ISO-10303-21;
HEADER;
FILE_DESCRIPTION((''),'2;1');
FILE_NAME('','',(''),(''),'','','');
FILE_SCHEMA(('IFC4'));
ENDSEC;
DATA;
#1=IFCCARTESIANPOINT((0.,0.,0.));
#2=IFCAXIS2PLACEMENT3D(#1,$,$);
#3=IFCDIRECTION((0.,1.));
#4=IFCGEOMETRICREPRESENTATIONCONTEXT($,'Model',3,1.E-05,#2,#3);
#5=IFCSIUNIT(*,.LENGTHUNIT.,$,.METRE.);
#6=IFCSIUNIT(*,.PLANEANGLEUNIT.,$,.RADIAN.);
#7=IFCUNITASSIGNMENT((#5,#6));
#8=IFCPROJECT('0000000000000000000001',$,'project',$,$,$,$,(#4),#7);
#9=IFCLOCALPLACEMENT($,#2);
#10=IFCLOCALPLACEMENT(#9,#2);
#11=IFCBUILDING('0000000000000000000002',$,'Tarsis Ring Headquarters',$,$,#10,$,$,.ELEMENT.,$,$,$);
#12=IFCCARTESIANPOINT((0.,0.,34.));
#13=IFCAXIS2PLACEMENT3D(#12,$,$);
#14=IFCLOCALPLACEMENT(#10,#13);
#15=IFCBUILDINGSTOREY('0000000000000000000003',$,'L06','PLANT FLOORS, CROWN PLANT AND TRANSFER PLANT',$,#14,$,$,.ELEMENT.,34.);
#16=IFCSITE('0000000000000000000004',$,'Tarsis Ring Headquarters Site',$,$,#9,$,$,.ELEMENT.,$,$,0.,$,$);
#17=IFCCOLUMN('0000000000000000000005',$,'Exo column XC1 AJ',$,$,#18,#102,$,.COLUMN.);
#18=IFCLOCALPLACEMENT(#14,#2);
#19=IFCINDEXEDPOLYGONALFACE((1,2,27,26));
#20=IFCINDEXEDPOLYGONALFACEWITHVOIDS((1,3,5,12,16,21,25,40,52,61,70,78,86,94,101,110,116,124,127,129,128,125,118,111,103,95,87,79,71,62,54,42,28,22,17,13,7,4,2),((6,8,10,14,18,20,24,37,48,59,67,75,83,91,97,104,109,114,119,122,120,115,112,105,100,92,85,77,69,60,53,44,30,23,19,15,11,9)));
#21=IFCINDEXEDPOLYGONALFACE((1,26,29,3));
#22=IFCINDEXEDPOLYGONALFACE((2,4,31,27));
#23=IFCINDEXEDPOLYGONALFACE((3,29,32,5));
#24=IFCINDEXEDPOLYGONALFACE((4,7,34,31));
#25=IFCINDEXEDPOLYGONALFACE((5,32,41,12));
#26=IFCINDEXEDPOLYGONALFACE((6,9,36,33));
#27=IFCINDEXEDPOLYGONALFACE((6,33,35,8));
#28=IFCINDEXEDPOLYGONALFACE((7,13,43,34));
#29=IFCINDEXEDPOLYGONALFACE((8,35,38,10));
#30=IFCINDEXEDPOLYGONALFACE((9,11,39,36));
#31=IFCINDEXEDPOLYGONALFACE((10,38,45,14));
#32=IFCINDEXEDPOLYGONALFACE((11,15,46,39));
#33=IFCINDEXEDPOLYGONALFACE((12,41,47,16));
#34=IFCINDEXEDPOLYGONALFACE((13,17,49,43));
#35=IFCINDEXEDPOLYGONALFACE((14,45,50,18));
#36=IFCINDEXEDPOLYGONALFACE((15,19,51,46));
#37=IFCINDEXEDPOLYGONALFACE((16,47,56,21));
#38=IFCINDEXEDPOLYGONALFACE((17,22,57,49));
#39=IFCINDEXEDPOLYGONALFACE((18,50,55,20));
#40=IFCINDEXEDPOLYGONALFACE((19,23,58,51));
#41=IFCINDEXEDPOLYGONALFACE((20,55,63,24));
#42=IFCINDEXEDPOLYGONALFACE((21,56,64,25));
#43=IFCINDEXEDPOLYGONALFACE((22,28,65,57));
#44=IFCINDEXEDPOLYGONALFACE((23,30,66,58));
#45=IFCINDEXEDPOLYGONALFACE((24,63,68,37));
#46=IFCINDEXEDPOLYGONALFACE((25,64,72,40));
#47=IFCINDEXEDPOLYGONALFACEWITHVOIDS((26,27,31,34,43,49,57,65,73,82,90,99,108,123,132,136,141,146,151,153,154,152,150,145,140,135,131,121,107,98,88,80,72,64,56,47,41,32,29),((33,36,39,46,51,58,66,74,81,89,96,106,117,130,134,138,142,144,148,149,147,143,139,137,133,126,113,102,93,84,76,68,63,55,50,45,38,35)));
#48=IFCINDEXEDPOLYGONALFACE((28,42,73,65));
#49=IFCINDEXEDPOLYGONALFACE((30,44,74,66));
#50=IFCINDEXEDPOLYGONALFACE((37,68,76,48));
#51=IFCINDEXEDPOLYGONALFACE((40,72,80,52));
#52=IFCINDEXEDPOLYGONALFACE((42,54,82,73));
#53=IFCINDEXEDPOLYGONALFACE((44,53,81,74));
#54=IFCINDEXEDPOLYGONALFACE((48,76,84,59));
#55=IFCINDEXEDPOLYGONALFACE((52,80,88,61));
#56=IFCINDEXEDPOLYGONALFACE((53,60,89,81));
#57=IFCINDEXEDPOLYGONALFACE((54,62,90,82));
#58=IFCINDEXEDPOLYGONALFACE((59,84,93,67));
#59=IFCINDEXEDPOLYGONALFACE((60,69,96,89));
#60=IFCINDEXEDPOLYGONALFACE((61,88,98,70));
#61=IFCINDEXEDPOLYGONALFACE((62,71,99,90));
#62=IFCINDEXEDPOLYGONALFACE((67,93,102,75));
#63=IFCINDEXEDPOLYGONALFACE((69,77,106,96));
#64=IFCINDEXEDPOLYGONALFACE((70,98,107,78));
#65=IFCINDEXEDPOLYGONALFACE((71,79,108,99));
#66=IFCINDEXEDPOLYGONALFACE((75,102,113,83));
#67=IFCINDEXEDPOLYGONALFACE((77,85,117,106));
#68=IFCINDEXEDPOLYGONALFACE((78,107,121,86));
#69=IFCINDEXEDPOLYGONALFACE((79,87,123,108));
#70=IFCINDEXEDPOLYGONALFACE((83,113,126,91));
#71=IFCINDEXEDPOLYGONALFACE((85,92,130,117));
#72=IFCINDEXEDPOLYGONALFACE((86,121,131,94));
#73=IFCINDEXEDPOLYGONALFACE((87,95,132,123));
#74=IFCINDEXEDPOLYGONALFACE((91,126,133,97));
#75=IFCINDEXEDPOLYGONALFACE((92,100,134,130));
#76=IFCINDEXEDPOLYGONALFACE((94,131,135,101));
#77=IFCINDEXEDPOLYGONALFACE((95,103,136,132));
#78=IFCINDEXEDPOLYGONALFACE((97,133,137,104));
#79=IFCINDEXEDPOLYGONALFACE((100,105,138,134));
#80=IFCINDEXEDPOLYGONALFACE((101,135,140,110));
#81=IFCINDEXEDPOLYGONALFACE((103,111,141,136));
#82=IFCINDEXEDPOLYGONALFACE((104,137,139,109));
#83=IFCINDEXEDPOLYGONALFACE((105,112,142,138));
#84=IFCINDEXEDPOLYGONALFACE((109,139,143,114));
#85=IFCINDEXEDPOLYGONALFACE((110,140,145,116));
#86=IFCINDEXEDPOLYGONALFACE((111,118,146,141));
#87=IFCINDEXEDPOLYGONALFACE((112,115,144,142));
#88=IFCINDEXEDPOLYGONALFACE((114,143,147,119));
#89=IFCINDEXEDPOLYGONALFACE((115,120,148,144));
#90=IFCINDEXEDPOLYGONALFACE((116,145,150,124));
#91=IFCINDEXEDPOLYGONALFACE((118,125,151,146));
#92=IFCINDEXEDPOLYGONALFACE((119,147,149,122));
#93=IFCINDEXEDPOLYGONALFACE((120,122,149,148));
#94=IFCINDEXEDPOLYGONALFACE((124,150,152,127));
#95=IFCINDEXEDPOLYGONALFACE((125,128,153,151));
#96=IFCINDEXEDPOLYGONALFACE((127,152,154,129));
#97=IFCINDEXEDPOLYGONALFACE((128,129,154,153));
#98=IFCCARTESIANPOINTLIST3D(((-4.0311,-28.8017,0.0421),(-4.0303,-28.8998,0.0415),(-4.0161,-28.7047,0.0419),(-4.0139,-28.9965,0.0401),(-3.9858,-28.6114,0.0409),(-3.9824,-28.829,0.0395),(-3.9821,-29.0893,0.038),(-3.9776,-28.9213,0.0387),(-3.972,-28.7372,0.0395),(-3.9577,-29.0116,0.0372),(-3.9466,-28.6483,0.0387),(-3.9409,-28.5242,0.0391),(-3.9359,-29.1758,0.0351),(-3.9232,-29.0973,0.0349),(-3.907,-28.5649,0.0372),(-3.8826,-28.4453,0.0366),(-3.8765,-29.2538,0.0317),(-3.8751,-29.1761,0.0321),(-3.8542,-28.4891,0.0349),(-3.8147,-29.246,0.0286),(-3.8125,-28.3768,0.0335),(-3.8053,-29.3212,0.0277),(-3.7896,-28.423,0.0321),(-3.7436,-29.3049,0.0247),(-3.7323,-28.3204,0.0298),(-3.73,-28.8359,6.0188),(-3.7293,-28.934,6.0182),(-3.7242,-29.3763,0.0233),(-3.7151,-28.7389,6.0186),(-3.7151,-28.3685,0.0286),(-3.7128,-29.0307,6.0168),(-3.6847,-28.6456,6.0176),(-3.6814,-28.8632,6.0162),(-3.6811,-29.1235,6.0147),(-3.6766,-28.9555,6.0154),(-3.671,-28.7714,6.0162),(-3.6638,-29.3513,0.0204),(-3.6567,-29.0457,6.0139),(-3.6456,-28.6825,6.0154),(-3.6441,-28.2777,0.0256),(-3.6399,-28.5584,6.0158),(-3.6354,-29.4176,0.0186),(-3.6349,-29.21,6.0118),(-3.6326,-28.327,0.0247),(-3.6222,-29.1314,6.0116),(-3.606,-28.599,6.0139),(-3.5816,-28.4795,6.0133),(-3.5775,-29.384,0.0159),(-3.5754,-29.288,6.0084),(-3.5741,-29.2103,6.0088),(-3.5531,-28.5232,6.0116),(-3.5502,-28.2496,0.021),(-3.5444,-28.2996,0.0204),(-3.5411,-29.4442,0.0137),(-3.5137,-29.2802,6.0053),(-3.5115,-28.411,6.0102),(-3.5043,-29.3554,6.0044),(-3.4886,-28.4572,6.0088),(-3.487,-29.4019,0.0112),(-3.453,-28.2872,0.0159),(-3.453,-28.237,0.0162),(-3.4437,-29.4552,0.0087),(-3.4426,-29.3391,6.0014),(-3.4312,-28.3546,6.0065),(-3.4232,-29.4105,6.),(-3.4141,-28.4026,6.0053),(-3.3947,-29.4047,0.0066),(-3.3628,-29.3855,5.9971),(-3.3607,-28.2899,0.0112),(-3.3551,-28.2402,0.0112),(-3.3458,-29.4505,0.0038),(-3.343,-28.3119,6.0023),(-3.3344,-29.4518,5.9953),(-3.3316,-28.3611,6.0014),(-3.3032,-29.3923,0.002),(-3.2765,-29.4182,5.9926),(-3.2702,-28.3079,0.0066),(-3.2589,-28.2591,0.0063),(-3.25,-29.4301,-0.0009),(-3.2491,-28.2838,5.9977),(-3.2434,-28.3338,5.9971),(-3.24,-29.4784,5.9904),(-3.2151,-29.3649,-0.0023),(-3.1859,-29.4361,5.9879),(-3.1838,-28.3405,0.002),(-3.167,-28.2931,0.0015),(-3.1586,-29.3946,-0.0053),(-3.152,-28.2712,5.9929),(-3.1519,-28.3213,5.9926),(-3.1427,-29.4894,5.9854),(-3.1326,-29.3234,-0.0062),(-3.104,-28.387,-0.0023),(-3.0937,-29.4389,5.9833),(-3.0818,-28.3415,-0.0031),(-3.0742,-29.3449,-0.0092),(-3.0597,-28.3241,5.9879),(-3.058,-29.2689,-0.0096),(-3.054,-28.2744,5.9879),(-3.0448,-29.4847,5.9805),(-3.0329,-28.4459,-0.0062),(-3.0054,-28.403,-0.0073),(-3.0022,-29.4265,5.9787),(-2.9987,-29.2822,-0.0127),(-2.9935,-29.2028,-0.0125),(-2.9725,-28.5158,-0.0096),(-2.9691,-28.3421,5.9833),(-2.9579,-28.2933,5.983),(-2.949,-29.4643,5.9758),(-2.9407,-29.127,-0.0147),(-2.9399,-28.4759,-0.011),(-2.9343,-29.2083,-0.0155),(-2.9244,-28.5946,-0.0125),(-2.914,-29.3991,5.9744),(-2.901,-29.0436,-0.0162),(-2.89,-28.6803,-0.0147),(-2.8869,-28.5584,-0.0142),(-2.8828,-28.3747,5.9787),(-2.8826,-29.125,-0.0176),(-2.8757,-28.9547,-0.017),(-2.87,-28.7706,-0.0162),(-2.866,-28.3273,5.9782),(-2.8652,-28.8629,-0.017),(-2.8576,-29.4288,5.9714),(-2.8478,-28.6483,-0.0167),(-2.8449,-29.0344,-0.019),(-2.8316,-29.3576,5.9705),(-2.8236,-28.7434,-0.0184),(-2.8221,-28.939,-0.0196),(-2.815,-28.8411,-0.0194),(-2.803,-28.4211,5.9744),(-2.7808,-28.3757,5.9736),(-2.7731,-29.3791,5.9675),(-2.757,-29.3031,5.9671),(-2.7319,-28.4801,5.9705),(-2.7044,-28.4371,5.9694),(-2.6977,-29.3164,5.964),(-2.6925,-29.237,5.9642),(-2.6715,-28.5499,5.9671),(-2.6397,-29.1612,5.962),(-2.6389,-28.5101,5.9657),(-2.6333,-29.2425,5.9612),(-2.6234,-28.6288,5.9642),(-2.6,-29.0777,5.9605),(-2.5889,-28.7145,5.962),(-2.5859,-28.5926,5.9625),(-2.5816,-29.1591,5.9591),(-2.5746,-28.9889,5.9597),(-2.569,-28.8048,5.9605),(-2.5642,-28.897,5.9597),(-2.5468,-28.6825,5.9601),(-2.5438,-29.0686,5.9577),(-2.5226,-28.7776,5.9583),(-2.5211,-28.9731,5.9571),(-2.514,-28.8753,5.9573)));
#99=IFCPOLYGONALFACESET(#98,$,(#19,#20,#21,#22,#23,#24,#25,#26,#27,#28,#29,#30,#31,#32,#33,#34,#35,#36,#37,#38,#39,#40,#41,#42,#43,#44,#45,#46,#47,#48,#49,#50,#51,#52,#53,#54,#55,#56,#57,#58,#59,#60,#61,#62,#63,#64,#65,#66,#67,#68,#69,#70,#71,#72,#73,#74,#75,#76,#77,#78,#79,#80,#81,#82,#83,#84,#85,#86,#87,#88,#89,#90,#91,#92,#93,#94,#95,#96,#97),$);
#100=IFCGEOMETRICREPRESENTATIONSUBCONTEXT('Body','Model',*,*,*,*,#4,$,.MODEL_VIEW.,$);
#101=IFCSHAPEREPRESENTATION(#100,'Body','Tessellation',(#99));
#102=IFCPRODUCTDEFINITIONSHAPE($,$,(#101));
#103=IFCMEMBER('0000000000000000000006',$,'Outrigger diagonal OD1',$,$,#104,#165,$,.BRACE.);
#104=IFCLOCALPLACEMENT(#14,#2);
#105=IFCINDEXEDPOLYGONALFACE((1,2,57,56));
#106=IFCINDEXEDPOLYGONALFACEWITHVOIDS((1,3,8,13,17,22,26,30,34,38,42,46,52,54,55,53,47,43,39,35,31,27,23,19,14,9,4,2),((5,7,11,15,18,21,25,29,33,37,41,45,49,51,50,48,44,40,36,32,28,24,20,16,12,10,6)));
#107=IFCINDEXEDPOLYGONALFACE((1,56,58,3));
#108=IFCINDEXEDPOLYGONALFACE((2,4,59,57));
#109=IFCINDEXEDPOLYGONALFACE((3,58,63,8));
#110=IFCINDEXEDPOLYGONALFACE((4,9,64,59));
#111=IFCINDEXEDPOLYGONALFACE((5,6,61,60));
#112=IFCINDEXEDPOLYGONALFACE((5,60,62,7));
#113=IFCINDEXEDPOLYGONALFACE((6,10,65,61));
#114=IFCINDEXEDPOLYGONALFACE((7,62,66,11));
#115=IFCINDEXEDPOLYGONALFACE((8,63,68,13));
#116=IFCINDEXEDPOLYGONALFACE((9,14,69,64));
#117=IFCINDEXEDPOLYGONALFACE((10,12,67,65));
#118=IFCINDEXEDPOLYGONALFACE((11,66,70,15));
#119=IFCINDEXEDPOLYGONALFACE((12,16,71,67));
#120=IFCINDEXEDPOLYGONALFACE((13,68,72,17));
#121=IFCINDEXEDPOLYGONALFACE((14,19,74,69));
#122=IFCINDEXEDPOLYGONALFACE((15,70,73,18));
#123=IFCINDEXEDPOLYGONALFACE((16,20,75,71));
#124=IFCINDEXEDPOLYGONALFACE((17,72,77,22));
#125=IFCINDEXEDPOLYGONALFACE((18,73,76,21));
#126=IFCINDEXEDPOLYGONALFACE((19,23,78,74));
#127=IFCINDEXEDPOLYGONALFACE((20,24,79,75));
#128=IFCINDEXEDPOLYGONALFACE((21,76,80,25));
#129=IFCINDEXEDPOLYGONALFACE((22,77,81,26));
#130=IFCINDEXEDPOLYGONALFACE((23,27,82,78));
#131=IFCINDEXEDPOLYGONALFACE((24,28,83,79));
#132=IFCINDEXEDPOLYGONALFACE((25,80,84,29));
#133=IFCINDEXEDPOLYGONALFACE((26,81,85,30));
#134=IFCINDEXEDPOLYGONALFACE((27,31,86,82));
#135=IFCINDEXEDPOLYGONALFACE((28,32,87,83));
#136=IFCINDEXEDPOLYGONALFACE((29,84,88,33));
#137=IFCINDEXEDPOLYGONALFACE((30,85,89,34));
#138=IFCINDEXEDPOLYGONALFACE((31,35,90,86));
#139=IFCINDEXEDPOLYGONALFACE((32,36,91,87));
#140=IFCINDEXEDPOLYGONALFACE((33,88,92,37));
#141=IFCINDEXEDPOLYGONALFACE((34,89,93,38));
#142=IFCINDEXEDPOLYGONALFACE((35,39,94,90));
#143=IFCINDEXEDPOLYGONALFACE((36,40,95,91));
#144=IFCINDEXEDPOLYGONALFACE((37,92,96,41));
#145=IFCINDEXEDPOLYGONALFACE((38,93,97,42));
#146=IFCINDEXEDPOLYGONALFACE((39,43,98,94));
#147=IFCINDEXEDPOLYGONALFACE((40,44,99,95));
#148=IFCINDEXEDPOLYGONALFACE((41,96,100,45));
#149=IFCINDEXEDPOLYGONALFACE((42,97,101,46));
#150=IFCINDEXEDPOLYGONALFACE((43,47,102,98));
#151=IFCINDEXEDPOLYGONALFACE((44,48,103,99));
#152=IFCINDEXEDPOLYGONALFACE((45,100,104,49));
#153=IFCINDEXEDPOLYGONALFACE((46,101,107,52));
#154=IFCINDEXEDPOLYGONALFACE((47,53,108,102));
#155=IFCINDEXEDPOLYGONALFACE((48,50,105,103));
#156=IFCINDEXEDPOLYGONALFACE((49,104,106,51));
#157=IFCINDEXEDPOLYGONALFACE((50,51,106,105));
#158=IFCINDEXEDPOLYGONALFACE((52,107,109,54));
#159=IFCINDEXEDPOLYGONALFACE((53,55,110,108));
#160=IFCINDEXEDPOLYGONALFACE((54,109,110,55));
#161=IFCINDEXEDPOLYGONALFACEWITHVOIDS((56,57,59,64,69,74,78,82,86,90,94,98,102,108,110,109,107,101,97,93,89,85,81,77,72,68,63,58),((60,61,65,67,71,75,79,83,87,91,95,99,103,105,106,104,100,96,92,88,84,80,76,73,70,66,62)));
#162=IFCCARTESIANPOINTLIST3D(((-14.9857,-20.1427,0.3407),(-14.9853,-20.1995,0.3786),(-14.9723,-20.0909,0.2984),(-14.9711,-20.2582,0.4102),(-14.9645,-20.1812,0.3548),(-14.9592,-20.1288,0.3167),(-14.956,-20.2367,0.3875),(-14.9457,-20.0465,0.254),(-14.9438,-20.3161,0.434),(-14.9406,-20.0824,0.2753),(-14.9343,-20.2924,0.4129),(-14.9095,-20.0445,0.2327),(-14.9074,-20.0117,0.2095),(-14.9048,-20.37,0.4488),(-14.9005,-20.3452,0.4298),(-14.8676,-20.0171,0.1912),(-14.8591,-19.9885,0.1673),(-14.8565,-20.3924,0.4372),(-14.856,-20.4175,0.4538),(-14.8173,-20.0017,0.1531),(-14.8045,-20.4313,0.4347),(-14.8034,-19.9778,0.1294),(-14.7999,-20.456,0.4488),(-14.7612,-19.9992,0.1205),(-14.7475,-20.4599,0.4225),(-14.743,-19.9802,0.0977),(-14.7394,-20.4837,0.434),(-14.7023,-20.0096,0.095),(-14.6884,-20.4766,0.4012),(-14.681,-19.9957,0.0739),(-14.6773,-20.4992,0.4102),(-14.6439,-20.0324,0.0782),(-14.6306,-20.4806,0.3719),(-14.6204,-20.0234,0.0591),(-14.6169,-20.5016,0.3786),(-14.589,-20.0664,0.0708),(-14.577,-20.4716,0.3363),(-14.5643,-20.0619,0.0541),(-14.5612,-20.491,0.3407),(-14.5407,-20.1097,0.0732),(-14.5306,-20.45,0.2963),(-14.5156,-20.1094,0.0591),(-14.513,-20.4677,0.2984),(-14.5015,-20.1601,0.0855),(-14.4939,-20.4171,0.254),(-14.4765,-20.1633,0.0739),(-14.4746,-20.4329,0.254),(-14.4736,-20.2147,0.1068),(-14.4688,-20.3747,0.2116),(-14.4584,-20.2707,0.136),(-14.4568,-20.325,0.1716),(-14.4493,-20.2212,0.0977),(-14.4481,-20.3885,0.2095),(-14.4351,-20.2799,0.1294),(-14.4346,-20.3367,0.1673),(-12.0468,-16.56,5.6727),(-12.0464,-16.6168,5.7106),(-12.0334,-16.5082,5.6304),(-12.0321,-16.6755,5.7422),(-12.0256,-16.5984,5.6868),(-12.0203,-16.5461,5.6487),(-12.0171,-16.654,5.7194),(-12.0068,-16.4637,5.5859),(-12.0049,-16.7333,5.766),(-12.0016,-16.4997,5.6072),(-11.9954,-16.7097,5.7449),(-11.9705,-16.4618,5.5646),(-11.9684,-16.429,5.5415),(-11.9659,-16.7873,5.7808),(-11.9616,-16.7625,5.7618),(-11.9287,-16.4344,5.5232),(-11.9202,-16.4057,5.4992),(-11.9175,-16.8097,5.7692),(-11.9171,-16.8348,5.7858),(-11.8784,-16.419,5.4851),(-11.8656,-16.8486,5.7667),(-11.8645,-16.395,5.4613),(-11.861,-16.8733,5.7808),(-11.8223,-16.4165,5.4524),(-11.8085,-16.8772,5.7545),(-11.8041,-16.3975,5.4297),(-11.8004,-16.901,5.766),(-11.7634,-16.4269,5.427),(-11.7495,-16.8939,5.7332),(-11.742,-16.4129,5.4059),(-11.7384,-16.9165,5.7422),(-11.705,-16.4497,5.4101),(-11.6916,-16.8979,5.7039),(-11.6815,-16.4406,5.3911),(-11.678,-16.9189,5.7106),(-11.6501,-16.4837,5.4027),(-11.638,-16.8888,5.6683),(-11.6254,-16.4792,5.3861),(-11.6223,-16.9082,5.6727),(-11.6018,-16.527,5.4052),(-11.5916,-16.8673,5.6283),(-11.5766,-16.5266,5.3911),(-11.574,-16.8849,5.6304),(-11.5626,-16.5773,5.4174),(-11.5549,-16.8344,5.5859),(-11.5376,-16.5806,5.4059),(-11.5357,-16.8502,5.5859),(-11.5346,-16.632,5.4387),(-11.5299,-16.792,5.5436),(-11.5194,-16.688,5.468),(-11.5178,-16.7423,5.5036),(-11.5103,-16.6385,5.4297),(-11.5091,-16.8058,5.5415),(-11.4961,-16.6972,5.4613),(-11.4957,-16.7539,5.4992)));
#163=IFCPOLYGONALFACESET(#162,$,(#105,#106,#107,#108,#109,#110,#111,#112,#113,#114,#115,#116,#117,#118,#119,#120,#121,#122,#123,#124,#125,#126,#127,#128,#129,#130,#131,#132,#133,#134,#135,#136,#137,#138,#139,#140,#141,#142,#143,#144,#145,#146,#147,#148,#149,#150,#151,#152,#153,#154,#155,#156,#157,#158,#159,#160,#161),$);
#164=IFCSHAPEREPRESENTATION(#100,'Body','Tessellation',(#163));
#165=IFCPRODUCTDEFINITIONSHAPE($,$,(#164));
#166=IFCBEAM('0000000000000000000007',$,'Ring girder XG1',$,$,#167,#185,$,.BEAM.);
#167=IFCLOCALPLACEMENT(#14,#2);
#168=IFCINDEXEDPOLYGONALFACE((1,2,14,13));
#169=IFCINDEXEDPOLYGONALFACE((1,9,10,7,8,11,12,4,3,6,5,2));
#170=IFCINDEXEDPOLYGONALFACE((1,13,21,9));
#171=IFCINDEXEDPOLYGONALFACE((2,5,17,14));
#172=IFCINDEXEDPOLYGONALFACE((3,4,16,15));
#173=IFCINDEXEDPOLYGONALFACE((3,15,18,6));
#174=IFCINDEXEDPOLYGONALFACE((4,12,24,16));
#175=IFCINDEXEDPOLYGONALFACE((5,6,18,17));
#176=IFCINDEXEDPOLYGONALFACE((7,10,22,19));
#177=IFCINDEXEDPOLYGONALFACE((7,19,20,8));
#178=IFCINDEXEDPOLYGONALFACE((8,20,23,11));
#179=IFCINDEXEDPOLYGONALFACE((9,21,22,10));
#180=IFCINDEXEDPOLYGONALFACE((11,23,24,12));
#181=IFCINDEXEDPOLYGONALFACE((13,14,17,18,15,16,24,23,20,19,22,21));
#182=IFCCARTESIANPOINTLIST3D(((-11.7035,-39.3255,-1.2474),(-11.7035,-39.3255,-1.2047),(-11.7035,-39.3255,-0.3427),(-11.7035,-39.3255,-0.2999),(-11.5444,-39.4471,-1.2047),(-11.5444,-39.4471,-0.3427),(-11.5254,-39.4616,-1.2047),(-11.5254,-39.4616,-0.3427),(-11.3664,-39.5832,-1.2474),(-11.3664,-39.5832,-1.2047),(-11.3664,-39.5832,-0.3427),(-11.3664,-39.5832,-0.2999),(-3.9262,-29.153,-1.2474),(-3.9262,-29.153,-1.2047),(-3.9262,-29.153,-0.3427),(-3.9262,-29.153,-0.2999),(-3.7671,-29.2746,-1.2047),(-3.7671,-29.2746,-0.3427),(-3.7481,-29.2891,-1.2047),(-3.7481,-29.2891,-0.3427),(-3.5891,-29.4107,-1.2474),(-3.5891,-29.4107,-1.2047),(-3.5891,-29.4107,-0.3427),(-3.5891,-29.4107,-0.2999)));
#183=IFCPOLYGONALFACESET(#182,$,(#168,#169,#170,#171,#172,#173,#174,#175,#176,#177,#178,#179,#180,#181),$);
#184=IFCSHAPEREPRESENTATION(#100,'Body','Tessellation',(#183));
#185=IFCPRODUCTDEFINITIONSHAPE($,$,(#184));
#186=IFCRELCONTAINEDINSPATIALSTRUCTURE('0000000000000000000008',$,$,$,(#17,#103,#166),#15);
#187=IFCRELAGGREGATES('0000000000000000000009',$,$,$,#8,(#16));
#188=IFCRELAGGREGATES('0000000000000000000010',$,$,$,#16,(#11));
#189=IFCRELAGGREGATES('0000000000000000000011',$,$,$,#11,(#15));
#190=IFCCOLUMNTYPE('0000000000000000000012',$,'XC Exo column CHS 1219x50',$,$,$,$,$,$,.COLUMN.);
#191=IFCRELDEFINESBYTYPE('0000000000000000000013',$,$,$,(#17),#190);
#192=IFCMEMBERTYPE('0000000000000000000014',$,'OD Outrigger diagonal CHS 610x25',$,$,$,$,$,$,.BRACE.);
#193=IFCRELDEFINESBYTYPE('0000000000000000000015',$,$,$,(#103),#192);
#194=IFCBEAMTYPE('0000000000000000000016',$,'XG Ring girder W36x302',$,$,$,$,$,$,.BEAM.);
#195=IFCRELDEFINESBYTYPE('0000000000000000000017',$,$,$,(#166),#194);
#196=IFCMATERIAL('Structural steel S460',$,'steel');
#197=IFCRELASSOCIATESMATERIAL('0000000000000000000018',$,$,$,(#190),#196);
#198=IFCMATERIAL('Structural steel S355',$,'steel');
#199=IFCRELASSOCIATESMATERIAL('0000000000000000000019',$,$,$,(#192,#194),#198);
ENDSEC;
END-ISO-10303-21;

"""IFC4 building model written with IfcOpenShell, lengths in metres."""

from ifc_helpers import new_model, si_unit, direction, frame, origin, origin_2d, place, context, subcontext, project, spatial, hollow_circle, i_section, extrude, material, material_profile, profile_set, type_object, element, save


model = new_model("IFC4")

# Units and contexts
model_context = context("Model", 3, precision=1e-05, world=origin(), true_north=direction((0.0, 1.0)))
body_context = subcontext(model_context, "Body", "Model", "MODEL_VIEW")
ifc_project = project(units=[si_unit("LENGTHUNIT", "METRE"), si_unit("PLANEANGLEUNIT", "RADIAN")], contexts=[model_context])

# Site, building, storey
site_placement = place(None, origin())
site = spatial("IfcSite", under=ifc_project, at=site_placement, Name="Tarsis Ring Headquarters Site", CompositionType="ELEMENT", RefElevation=0.0)
building_placement = place(site_placement, origin())
building = spatial("IfcBuilding", under=site, at=building_placement, Name="Tarsis Ring Headquarters", CompositionType="ELEMENT")
storey_placement = place(building_placement, frame((0.0, 0.0, 34.0)))
storey = spatial("IfcBuildingStorey", under=building, at=storey_placement, Name="L06", Description="PLANT FLOORS, CROWN PLANT AND TRANSFER PLANT", CompositionType="ELEMENT", Elevation=34.0)

# Column
ifc_material_1 = material(Name="Structural steel S460", Category="steel")
ifc_material_profile_1 = material_profile(ifc_material_1, hollow_circle(Radius=0.6096, WallThickness=0.05, at=origin_2d()), Name="CHS 1219x50")
ifc_profile_set_1 = profile_set([ifc_material_profile_1], Name="Structural steel S460")
column_type = type_object("IfcColumnType", Name="XC Exo column CHS 1219x50", PredefinedType="COLUMN", material=ifc_profile_set_1)
column_placement = place(storey_placement, frame((-3.4238, -28.8459, 0.0112), z_axis=(0.050301, -0.005711, 0.998718), x_axis=(0.112819, 0.993616, 0.0)))
element("IfcColumn", 1, at=column_placement, inside=storey, type_object=column_type, Name="Exo column XC1 AJ", PredefinedType="COLUMN", context=body_context, shape_type="SweptSolid", body=[
    extrude(hollow_circle(Radius=0.6096, WallThickness=0.05, at=origin_2d()), origin(), (0.0, 0.0, 1.0), 5.9844),
])

# Member
ifc_material_2 = material(Name="Structural steel S355", Category="steel")
ifc_material_profile_2 = material_profile(ifc_material_2, hollow_circle(Radius=0.3047, WallThickness=0.0249, at=origin_2d()), Name="CHS 610x25")
ifc_profile_set_2 = profile_set([ifc_material_profile_2], Name="Structural steel S355")
member_type = type_object("IfcMemberType", Name="OD Outrigger diagonal CHS 610x25", PredefinedType="BRACE", material=ifc_profile_set_2)
member_placement = place(storey_placement, frame((-11.7712, -16.657, 5.5859), z_axis=(-0.416031, -0.507165, -0.754786), x_axis=(0.773152, -0.634221, 0.0)))
element("IfcMember", 2, at=member_placement, inside=storey, type_object=member_type, Name="Outrigger diagonal OD1", PredefinedType="BRACE", context=body_context, shape_type="SweptSolid", body=[
    extrude(hollow_circle(Radius=0.3047, WallThickness=0.0249, at=origin_2d()), origin(), (0.0, 0.0, 1.0), 7.0642),
])

# Beam
ifc_material_profile_3 = material_profile(ifc_material_2, i_section(OverallWidth=0.4243, OverallDepth=0.9475, WebThickness=0.0239, FlangeThickness=0.0427, at=origin_2d()), Name="W36x302")
ifc_profile_set_3 = profile_set([ifc_material_profile_3], Name="Structural steel S355")
beam_type = type_object("IfcBeamType", Name="XG Ring girder W36x302", PredefinedType="BEAM", material=ifc_profile_set_3)
beam_1_placement = place(storey_placement, frame((-11.5349, -39.4543, -0.7737), z_axis=(0.607366, 0.794422, 0.0), x_axis=(-0.794422, 0.607366, 0.0)))
element("IfcBeam", 3, at=beam_1_placement, inside=storey, type_object=beam_type, Name="Ring girder XG1", PredefinedType="BEAM", context=body_context, shape_type="SweptSolid", body=[
    extrude(i_section(OverallWidth=0.4243, OverallDepth=0.9475, WebThickness=0.0239, FlangeThickness=0.0427, at=origin_2d()), origin(), (0.0, 0.0, 1.0), 12.8049),
])

save(model, "model.ifc")
